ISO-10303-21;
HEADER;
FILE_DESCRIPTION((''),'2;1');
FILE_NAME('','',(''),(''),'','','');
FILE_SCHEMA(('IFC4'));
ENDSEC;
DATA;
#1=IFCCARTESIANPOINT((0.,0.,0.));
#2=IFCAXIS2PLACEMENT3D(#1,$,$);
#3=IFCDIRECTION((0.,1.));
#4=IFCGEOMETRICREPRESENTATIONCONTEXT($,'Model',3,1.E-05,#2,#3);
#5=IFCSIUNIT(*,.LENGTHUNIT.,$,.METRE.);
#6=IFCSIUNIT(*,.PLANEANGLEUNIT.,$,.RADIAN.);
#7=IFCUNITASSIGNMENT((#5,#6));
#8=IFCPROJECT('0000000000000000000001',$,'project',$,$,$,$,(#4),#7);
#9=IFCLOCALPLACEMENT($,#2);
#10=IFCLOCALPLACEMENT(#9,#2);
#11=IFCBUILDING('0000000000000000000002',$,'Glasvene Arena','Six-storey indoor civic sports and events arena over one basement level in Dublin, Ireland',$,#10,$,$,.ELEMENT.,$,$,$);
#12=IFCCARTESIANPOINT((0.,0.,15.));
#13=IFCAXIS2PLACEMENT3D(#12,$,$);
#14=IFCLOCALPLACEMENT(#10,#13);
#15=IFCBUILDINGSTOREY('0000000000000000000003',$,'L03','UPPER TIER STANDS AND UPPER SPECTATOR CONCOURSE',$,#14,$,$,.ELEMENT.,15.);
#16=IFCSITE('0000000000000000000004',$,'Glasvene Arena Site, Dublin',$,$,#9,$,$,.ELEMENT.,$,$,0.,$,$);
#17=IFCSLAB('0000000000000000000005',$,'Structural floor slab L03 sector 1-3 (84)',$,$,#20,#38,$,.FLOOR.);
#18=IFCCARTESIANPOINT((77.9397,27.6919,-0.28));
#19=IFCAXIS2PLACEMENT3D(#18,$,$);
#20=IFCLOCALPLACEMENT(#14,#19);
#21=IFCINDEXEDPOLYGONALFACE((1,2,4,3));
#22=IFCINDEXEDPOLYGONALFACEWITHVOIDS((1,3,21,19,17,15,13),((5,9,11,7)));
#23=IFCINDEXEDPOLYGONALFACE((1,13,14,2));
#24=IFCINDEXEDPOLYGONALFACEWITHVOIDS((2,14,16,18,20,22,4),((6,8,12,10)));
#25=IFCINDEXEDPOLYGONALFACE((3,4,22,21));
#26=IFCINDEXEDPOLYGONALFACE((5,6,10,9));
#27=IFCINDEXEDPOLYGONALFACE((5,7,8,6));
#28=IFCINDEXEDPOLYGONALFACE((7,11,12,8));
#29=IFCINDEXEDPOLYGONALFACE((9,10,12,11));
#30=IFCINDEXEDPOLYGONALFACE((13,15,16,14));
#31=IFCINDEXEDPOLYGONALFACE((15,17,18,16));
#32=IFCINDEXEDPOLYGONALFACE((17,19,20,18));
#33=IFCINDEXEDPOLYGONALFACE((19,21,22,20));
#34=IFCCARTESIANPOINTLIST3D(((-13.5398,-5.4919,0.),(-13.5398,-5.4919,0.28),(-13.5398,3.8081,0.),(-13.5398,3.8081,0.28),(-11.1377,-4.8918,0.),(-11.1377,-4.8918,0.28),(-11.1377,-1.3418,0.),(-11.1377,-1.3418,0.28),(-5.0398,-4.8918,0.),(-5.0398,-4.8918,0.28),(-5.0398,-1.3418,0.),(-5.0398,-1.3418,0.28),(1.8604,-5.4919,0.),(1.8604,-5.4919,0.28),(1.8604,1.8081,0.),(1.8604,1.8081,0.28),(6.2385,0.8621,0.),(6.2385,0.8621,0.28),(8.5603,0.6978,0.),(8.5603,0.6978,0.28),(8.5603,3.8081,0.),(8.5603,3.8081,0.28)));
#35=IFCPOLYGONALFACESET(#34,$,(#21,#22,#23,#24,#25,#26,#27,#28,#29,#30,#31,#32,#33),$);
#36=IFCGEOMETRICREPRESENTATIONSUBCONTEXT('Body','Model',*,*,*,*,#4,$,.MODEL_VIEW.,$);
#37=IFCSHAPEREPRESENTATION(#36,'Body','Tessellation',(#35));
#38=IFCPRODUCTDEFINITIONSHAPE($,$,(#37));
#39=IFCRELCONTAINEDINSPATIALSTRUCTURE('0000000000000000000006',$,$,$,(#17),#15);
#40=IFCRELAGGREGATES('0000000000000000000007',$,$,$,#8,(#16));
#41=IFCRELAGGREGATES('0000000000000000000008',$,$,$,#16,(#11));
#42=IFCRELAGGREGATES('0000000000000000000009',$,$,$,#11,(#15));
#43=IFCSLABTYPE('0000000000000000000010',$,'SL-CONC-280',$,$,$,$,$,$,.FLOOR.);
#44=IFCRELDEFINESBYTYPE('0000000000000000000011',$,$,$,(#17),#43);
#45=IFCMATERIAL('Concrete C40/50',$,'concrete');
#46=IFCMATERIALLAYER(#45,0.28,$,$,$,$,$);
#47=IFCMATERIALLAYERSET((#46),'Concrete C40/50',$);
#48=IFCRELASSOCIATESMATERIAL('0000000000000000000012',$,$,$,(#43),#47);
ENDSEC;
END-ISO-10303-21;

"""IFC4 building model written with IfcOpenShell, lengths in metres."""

from ifc_helpers import new_model, si_unit, direction, frame, origin, place, context, subcontext, project, spatial, polyline, outline, extrude, material, layer, layer_set, type_object, element, save


model = new_model("IFC4")

# Units and contexts
model_context = context("Model", 3, precision=1e-05, world=origin(), true_north=direction((0.0, 1.0)))
body_context = subcontext(model_context, "Body", "Model", "MODEL_VIEW")
ifc_project = project(units=[si_unit("LENGTHUNIT", "METRE"), si_unit("PLANEANGLEUNIT", "RADIAN")], contexts=[model_context])

# Site, building, storey
site_placement = place(None, origin())
site = spatial("IfcSite", under=ifc_project, at=site_placement, Name="Glasvene Arena Site, Dublin", CompositionType="ELEMENT", RefElevation=0.0)
building_placement = place(site_placement, origin())
building = spatial("IfcBuilding", under=site, at=building_placement, Name="Glasvene Arena", Description="Six-storey indoor civic sports and events arena over one basement level in Dublin, Ireland", CompositionType="ELEMENT")
storey_placement = place(building_placement, frame((0.0, 0.0, 15.0)))
storey = spatial("IfcBuildingStorey", under=building, at=storey_placement, Name="L03", Description="UPPER TIER STANDS AND UPPER SPECTATOR CONCOURSE", CompositionType="ELEMENT", Elevation=15.0)

# Slab
ifc_material_1 = material(Name="Concrete C40/50", Category="concrete")
ifc_layer_1 = layer(ifc_material_1, 0.28)
ifc_layer_set_1 = layer_set([ifc_layer_1], Name="Concrete C40/50")
slab_type = type_object("IfcSlabType", Name="SL-CONC-280", PredefinedType="FLOOR", material=ifc_layer_set_1)
slab_placement = place(storey_placement, frame((77.9397, 27.6919, -0.28)))
element("IfcSlab", 1, at=slab_placement, inside=storey, type_object=slab_type, Name="Structural floor slab L03 sector 1-3 (84)", PredefinedType="FLOOR", context=body_context, shape_type="SweptSolid", body=[
    extrude(outline(polyline([(1.8604, 1.8081), (1.8604, -5.4919), (-13.5398, -5.4919), (-13.5398, 3.8081), (8.5603, 3.8081), (8.5603, 0.6978), (6.2385, 0.8621), (1.8604, 1.8081)]), holes=[polyline([(-5.0398, -4.8918), (-5.0398, -1.3418), (-11.1377, -1.3418), (-11.1377, -4.8918), (-5.0398, -4.8918)])]), origin(), (0.0, 0.0, 1.0), 0.28),
])

save(model, "model.ifc")
